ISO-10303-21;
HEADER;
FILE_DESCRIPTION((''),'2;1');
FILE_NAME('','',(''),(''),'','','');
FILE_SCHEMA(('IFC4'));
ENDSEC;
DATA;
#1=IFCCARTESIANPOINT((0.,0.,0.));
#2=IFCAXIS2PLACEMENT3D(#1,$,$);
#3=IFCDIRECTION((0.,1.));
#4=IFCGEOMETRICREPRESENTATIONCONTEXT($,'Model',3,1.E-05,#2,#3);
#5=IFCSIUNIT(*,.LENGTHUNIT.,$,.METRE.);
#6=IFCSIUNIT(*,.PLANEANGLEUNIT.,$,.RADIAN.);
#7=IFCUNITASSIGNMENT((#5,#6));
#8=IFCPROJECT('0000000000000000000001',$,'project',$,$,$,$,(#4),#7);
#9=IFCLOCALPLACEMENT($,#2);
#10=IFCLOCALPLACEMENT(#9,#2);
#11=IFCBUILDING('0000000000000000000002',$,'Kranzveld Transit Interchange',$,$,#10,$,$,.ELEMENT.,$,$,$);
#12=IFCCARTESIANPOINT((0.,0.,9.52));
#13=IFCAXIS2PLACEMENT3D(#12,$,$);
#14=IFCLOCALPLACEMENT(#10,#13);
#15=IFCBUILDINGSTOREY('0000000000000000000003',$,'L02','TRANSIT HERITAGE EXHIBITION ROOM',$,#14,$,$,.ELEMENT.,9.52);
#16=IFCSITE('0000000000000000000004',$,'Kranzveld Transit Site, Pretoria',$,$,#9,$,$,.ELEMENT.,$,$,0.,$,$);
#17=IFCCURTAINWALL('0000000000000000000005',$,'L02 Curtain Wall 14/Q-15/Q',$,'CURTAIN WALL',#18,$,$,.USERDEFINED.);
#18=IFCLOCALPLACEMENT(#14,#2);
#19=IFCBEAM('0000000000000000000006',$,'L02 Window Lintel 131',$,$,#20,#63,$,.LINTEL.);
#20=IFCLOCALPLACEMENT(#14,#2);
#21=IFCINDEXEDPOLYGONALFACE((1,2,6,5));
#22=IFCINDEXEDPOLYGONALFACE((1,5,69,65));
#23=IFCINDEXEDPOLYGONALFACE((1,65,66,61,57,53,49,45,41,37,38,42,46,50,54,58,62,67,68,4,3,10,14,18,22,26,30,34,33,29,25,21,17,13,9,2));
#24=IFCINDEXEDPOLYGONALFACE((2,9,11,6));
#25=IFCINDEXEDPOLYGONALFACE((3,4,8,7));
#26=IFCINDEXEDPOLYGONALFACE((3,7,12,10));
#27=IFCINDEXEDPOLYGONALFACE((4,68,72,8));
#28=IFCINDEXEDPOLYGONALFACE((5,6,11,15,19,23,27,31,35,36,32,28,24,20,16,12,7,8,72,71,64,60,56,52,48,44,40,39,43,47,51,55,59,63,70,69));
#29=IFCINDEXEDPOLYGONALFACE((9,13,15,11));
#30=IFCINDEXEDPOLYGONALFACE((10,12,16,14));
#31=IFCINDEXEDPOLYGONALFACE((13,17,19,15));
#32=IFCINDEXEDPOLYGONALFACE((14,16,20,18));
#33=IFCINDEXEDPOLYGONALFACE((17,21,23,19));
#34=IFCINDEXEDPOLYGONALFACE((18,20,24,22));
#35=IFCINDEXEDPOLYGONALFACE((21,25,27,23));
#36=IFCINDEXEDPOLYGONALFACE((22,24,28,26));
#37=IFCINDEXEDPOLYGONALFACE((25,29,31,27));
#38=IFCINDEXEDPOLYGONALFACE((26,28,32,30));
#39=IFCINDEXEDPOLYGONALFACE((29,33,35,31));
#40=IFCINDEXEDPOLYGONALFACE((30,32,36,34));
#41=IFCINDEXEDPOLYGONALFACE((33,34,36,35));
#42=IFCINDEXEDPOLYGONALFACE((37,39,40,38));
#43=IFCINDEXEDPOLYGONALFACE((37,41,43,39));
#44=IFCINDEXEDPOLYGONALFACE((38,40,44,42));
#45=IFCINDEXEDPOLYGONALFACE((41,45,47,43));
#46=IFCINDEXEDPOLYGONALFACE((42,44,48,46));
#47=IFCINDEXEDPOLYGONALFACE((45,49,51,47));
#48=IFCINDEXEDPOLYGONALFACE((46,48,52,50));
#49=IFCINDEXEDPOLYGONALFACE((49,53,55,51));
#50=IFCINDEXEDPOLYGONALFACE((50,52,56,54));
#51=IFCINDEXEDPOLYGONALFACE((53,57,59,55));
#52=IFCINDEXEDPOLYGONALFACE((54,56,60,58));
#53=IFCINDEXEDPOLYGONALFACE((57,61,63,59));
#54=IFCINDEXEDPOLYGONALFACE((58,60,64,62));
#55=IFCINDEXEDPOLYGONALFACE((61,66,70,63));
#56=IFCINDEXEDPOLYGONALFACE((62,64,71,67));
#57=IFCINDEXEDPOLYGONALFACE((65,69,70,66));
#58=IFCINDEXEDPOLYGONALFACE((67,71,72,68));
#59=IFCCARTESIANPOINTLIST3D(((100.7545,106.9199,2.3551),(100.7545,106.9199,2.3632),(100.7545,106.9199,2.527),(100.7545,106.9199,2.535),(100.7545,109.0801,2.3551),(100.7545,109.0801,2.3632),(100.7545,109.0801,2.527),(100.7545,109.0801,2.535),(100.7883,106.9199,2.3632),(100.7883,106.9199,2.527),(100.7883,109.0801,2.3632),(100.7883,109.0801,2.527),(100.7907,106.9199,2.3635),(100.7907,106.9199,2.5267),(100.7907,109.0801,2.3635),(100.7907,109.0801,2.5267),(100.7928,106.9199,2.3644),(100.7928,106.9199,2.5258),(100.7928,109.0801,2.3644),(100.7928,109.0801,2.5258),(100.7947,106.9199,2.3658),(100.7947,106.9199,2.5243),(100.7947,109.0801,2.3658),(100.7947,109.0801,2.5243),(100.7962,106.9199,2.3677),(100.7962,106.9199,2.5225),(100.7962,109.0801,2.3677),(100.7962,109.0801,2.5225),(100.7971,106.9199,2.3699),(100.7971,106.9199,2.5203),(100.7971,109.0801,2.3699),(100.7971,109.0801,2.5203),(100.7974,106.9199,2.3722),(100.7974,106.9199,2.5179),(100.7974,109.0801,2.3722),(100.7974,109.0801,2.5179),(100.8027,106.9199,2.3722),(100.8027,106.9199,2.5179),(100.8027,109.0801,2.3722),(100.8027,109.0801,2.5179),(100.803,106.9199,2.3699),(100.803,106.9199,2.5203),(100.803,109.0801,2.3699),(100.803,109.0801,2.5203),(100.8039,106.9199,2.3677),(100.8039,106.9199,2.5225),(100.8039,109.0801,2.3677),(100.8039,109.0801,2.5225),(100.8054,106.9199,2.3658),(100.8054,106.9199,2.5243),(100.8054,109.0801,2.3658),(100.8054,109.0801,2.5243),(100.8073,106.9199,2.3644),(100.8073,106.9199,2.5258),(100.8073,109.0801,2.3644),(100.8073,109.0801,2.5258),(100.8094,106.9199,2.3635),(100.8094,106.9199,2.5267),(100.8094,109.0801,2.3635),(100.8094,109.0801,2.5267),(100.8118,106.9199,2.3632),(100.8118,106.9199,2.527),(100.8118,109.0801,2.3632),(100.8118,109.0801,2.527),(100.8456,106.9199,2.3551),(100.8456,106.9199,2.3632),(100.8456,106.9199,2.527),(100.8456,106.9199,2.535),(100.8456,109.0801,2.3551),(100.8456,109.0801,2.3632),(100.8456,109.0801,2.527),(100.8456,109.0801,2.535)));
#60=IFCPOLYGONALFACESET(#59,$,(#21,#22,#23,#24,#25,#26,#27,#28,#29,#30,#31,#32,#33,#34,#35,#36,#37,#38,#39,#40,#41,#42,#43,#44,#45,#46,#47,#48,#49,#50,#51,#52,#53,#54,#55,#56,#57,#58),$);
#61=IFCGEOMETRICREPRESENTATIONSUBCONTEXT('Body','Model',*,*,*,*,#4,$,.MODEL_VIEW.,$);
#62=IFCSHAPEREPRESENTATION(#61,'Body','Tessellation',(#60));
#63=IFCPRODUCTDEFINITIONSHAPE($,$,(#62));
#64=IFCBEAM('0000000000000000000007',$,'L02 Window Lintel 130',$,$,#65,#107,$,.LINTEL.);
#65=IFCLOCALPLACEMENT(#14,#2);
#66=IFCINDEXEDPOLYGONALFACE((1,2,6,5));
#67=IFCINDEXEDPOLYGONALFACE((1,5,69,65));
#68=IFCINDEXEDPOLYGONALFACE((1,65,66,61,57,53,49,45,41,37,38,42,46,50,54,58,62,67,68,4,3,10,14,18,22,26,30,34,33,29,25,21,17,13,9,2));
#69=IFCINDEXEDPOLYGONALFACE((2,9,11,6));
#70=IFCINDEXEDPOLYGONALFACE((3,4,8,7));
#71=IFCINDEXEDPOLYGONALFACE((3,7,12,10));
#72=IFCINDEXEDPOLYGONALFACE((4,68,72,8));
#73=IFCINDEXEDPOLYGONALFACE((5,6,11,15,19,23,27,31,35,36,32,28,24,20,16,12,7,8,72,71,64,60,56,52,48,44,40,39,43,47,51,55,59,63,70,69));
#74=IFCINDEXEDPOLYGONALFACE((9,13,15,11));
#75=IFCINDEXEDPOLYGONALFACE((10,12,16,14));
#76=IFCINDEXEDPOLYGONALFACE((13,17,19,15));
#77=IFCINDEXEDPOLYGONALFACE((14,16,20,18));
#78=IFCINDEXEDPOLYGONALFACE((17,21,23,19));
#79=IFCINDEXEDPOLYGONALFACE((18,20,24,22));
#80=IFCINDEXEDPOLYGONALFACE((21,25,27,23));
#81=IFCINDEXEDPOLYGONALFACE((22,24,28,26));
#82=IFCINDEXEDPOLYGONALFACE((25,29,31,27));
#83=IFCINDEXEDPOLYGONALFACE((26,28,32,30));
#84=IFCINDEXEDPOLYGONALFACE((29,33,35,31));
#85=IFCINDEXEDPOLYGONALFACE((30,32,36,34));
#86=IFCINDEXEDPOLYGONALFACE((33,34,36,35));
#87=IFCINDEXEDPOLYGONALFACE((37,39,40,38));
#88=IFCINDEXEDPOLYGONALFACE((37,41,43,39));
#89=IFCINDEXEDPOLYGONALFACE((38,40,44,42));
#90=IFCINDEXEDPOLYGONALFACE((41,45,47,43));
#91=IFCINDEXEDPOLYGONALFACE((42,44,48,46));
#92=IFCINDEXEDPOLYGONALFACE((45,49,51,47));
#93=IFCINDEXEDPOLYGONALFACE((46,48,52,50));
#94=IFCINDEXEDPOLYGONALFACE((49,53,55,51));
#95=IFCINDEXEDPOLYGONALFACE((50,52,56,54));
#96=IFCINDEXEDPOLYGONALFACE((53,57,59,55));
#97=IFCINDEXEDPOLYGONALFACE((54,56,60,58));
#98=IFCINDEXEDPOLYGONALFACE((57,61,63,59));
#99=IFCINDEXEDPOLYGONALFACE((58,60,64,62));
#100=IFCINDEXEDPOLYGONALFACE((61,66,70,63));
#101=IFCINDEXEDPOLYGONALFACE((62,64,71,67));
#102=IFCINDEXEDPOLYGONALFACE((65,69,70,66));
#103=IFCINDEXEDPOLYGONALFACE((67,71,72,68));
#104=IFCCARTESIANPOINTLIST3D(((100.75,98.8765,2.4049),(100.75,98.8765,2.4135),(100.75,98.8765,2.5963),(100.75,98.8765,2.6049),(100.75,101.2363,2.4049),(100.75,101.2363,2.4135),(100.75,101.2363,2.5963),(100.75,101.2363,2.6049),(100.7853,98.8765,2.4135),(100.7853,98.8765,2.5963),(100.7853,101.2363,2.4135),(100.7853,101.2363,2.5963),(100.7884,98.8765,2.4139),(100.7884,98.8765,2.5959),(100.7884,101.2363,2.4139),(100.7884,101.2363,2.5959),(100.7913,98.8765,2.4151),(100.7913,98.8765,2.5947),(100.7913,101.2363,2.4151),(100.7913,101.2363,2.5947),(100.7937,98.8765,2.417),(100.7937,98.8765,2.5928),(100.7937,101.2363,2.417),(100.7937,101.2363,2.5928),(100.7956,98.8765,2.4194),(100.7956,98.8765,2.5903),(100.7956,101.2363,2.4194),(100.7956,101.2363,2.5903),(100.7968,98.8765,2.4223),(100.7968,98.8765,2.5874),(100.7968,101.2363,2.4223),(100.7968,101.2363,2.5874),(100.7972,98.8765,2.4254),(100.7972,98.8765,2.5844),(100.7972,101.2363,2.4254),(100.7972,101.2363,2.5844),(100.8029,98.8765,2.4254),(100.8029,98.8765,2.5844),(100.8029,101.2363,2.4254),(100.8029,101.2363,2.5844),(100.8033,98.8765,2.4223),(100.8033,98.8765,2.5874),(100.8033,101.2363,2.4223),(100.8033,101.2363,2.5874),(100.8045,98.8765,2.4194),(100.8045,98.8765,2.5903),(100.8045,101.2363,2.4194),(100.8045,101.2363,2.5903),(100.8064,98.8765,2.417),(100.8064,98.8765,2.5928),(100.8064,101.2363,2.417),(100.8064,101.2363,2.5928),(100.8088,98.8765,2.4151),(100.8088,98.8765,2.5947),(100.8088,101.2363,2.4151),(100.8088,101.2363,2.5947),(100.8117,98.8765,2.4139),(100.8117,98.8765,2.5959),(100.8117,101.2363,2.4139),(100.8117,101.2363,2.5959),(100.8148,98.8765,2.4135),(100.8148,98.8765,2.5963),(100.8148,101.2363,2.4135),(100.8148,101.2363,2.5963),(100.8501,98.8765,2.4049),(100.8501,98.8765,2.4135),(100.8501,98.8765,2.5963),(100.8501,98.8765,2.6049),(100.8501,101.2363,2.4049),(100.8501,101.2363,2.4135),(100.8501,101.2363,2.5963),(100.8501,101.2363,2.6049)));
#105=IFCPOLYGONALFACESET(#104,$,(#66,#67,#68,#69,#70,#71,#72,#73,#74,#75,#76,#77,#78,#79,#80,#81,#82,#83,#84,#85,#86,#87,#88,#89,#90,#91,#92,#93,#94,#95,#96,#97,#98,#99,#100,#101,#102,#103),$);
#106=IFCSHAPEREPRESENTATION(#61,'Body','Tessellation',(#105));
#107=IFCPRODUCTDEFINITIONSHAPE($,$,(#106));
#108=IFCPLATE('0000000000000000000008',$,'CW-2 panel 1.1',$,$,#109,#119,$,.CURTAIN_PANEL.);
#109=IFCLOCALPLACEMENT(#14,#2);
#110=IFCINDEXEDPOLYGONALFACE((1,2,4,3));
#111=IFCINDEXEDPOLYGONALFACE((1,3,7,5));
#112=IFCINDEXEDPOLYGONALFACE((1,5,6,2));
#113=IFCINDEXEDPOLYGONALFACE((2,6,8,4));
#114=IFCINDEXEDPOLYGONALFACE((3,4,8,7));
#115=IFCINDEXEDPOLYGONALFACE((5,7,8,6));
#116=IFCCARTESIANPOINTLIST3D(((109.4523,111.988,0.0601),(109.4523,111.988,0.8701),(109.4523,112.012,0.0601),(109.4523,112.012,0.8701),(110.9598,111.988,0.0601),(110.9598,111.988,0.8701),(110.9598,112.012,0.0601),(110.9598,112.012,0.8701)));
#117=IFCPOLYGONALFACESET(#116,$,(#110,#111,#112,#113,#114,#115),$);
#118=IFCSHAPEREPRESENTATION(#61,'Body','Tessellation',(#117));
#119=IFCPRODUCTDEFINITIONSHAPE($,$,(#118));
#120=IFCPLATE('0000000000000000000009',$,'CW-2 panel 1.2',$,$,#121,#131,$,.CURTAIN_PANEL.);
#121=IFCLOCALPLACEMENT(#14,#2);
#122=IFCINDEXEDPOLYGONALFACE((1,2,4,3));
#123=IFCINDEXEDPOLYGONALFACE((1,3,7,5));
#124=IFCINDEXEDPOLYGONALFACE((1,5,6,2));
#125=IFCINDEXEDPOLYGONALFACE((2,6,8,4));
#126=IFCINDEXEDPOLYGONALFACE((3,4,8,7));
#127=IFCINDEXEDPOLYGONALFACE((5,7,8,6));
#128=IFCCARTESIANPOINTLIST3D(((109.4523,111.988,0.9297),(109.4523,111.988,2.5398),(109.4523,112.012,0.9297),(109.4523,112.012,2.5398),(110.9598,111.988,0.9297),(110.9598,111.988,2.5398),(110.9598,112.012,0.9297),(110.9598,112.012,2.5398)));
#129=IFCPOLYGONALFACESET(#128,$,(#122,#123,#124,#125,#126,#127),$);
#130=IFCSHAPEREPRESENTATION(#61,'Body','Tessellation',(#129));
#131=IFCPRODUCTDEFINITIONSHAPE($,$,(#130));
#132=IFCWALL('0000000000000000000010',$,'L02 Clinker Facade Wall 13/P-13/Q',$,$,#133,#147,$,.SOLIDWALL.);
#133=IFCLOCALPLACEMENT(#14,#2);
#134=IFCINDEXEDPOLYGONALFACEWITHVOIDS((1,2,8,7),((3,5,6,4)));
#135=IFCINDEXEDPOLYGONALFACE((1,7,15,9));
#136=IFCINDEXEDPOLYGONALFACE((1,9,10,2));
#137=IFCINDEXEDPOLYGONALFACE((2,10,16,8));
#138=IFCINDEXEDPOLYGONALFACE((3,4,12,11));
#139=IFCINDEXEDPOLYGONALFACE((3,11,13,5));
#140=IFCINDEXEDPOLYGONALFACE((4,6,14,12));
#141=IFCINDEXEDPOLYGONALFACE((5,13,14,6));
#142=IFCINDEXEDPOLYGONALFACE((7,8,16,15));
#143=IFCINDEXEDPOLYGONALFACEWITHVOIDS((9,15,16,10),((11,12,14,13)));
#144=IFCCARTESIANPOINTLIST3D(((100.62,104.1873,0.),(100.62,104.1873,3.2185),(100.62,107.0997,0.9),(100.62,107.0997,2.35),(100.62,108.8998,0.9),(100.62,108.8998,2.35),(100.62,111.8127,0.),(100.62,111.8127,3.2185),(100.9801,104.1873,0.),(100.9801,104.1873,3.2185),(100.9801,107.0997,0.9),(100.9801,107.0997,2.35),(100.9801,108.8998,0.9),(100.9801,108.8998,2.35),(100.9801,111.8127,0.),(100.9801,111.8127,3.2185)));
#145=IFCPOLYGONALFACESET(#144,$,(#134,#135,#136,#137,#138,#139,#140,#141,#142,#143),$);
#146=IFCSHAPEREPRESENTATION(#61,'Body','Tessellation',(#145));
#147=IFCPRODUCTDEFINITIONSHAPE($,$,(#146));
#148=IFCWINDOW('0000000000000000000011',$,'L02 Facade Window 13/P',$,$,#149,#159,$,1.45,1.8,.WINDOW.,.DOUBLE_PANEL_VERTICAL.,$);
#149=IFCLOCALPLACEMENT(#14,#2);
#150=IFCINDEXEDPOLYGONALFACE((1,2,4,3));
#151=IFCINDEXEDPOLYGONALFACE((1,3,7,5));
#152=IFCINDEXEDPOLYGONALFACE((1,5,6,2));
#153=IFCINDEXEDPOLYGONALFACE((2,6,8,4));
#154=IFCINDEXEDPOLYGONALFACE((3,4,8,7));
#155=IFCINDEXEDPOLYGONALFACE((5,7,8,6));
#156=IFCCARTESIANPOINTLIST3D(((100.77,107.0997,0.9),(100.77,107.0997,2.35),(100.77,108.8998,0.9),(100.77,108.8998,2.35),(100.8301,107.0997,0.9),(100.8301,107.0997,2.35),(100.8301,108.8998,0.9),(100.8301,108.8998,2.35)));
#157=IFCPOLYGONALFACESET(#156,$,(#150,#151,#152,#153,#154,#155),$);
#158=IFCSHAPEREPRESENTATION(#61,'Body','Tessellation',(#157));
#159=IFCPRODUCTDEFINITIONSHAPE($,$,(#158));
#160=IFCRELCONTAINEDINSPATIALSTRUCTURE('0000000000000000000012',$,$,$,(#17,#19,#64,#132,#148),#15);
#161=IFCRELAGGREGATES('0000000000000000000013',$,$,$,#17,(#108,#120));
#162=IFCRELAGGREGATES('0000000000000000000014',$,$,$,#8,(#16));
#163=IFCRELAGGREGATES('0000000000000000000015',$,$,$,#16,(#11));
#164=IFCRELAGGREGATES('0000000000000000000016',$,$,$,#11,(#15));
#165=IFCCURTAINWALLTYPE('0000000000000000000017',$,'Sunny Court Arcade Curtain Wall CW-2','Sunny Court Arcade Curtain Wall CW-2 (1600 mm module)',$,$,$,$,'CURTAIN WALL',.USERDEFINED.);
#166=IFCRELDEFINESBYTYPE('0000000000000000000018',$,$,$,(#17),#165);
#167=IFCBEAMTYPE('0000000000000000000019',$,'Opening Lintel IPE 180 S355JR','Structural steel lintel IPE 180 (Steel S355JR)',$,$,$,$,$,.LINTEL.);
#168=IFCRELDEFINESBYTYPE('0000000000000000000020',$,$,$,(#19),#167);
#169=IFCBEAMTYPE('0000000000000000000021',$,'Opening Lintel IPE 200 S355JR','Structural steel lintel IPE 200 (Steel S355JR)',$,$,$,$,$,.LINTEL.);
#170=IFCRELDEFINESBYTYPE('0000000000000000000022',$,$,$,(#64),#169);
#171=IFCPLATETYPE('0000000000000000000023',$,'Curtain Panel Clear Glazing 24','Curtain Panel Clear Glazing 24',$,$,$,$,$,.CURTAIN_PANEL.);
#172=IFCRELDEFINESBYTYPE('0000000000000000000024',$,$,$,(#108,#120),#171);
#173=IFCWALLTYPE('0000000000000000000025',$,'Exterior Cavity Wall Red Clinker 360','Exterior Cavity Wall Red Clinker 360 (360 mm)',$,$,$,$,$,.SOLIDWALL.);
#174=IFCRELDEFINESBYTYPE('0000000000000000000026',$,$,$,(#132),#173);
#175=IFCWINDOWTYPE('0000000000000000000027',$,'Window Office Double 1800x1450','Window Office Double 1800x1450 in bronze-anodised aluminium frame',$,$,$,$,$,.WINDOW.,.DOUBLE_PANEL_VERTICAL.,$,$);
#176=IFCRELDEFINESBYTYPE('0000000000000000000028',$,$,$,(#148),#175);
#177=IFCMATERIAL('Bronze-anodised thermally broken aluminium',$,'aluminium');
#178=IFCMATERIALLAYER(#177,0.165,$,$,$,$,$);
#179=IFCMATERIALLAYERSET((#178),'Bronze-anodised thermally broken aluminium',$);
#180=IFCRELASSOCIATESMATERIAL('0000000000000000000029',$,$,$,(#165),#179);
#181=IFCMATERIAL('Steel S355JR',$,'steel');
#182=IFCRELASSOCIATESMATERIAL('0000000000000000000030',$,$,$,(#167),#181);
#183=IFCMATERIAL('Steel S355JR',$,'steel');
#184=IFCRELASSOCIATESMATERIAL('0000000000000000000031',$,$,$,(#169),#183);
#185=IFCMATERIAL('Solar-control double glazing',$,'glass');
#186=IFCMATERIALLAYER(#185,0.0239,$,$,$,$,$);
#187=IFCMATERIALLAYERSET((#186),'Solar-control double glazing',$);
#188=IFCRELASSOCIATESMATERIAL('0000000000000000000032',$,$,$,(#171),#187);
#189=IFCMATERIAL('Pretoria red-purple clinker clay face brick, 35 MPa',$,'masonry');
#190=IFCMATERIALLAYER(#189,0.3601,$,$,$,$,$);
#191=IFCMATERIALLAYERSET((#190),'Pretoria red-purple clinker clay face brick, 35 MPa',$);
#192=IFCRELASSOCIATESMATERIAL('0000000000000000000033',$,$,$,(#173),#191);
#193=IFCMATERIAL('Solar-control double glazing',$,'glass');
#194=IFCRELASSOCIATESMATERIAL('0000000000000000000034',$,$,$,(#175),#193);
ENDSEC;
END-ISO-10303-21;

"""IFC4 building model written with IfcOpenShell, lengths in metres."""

from ifc_helpers import new_model, si_unit, direction, frame, frame_2d, origin, origin_2d, place, context, subcontext, project, spatial, rectangle, i_section, extrude, material, layer, layer_set, material_profile, profile_set, type_object, element, fill, aggregate, save


model = new_model("IFC4")

# Units and contexts
model_context = context("Model", 3, precision=1e-05, world=origin(), true_north=direction((0.0, 1.0)))
body_context = subcontext(model_context, "Body", "Model", "MODEL_VIEW")
ifc_project = project(units=[si_unit("LENGTHUNIT", "METRE"), si_unit("PLANEANGLEUNIT", "RADIAN")], contexts=[model_context])

# Site, building, storey
site_placement = place(None, origin())
site = spatial("IfcSite", under=ifc_project, at=site_placement, Name="Kranzveld Transit Site, Pretoria", CompositionType="ELEMENT", RefElevation=0.0)
building_placement = place(site_placement, origin())
building = spatial("IfcBuilding", under=site, at=building_placement, Name="Kranzveld Transit Interchange", CompositionType="ELEMENT")
storey_placement = place(building_placement, frame((0.0, 0.0, 9.52)))
storey = spatial("IfcBuildingStorey", under=building, at=storey_placement, Name="L02", Description="TRANSIT HERITAGE EXHIBITION ROOM", CompositionType="ELEMENT", Elevation=9.52)

# Curtain wall
ifc_material_1 = material(Name="Bronze-anodised thermally broken aluminium", Category="aluminium")
ifc_layer_1 = layer(ifc_material_1, 0.165)
ifc_layer_set_1 = layer_set([ifc_layer_1], Name="Bronze-anodised thermally broken aluminium")
curtain_wall_type = type_object("IfcCurtainWallType", Name="Sunny Court Arcade Curtain Wall CW-2", Description="Sunny Court Arcade Curtain Wall CW-2 (1600 mm module)", ElementType="CURTAIN WALL", PredefinedType="USERDEFINED", material=ifc_layer_set_1)
curtain_wall_placement = place(storey_placement, origin())
curtain_wall = element("IfcCurtainWall", 1, at=curtain_wall_placement, inside=storey, type_object=curtain_wall_type, Name="L02 Curtain Wall 14/Q-15/Q", ObjectType="CURTAIN WALL", PredefinedType="USERDEFINED")

# Beams
ifc_material_2 = material(Name="Steel S355JR", Category="steel")
ifc_material_profile_1 = material_profile(ifc_material_2, i_section(OverallWidth=0.0911, OverallDepth=0.1799, WebThickness=0.0054, FlangeThickness=0.0081, FilletRadius=0.009, at=origin_2d()), Name="IPE 180")
ifc_profile_set_1 = profile_set([ifc_material_profile_1], Name="Steel S355JR")
beam_type_1 = type_object("IfcBeamType", Name="Opening Lintel IPE 180 S355JR", Description="Structural steel lintel IPE 180 (Steel S355JR)", PredefinedType="LINTEL", material=ifc_profile_set_1)
beam_1_placement = place(storey_placement, frame((100.8, 106.9199, 2.4451), z_axis=(0.0, 1.0, 0.0), x_axis=(-1.0, 0.0, 0.0)))
element("IfcBeam", 2, at=beam_1_placement, inside=storey, type_object=beam_type_1, Name="L02 Window Lintel 131", PredefinedType="LINTEL", context=body_context, shape_type="SweptSolid", body=[
    extrude(i_section(OverallWidth=0.0911, OverallDepth=0.1799, WebThickness=0.0054, FlangeThickness=0.0081, FilletRadius=0.009, at=origin_2d()), origin(), (0.0, 0.0, 1.0), 2.1602),
])
ifc_material_3 = material(Name="Steel S355JR", Category="steel")
ifc_material_profile_2 = material_profile(ifc_material_3, i_section(OverallWidth=0.1001, OverallDepth=0.2, WebThickness=0.0056, FlangeThickness=0.0085, FilletRadius=0.012, at=origin_2d()), Name="IPE 200")
ifc_profile_set_2 = profile_set([ifc_material_profile_2], Name="Steel S355JR")
beam_type_2 = type_object("IfcBeamType", Name="Opening Lintel IPE 200 S355JR", Description="Structural steel lintel IPE 200 (Steel S355JR)", PredefinedType="LINTEL", material=ifc_profile_set_2)
beam_2_placement = place(storey_placement, frame((100.8, 98.8765, 2.5049), z_axis=(0.0, 1.0, 0.0), x_axis=(-1.0, 0.0, 0.0)))
element("IfcBeam", 3, at=beam_2_placement, inside=storey, type_object=beam_type_2, Name="L02 Window Lintel 130", PredefinedType="LINTEL", context=body_context, shape_type="SweptSolid", body=[
    extrude(i_section(OverallWidth=0.1001, OverallDepth=0.2, WebThickness=0.0056, FlangeThickness=0.0085, FilletRadius=0.012, at=origin_2d()), origin(), (0.0, 0.0, 1.0), 2.3599),
])

# Plates
ifc_material_4 = material(Name="Solar-control double glazing", Category="glass")
ifc_layer_2 = layer(ifc_material_4, 0.0239)
ifc_layer_set_2 = layer_set([ifc_layer_2], Name="Solar-control double glazing")
plate_type = type_object("IfcPlateType", Name="Curtain Panel Clear Glazing 24", Description="Curtain Panel Clear Glazing 24", PredefinedType="CURTAIN_PANEL", material=ifc_layer_set_2)
plate_1_placement = place(storey_placement, frame((110.2061, 112.0, 0.0601), z_axis=(0.0, 0.0, 1.0), x_axis=(1.0, 0.0, 0.0)))
plate_1 = element("IfcPlate", 4, at=plate_1_placement, type_object=plate_type, Name="CW-2 panel 1.1", PredefinedType="CURTAIN_PANEL", context=body_context, shape_type="SweptSolid", body=[
    extrude(rectangle(XDim=1.5076, YDim=0.0239, at=origin_2d()), origin(), (0.0, 0.0, 1.0), 0.8101),
])
plate_2_placement = place(storey_placement, frame((110.2061, 112.0, 0.9297), z_axis=(0.0, 0.0, 1.0), x_axis=(1.0, 0.0, 0.0)))
plate_2 = element("IfcPlate", 5, at=plate_2_placement, type_object=plate_type, Name="CW-2 panel 1.2", PredefinedType="CURTAIN_PANEL", context=body_context, shape_type="SweptSolid", body=[
    extrude(rectangle(XDim=1.5076, YDim=0.0239, at=origin_2d()), origin(), (0.0, 0.0, 1.0), 1.6101),
])
aggregate(curtain_wall, [plate_1, plate_2])

# Wall, opening, window
ifc_material_5 = material(Name="Pretoria red-purple clinker clay face brick, 35 MPa", Category="masonry")
ifc_layer_3 = layer(ifc_material_5, 0.3601)
ifc_layer_set_3 = layer_set([ifc_layer_3], Name="Pretoria red-purple clinker clay face brick, 35 MPa")
wall_type = type_object("IfcWallType", Name="Exterior Cavity Wall Red Clinker 360", Description="Exterior Cavity Wall Red Clinker 360 (360 mm)", PredefinedType="SOLIDWALL", material=ifc_layer_set_3)
wall_1_placement = place(storey_placement, frame((100.8, 104.1873, 0.0), z_axis=(0.0, 0.0, 1.0), x_axis=(0.0, 1.0, 0.0)))
wall_1 = element("IfcWall", 6, at=wall_1_placement, inside=storey, type_object=wall_type, Name="L02 Clinker Facade Wall 13/P-13/Q", PredefinedType="SOLIDWALL", context=body_context, shape_type="SweptSolid", body=[
    extrude(rectangle(XDim=7.6255, YDim=0.3601, at=frame_2d((3.8127, 0.0))), origin(), (0.0, 0.0, 1.0), 3.2185),
])
opening_1_placement = place(wall_1_placement, frame((2.9126, 0.0, 0.8999), z_axis=(0.0, 0.0, 1.0), x_axis=(1.0, 0.0, 0.0)))
opening_1 = element("IfcOpeningElement", 7, at=opening_1_placement, cuts=wall_1, PredefinedType="OPENING", context=body_context, shape_type="SweptSolid", body=[
    extrude(rectangle(XDim=1.8, YDim=1.45, at=frame_2d((0.8999, 0.7251))), frame((0.0, 0.1899, 0.0), z_axis=(0.0, -1.0, 0.0), x_axis=(1.0, 0.0, 0.0)), (0.0, 0.0, 1.0), 0.3801),
])
ifc_material_6 = material(Name="Solar-control double glazing", Category="glass")
window_type_1 = type_object("IfcWindowType", Name="Window Office Double 1800x1450", Description="Window Office Double 1800x1450 in bronze-anodised aluminium frame", PartitioningType="DOUBLE_PANEL_VERTICAL", PredefinedType="WINDOW", material=ifc_material_6)
window_1_placement = place(opening_1_placement, origin())
window_1 = element("IfcWindow", 8, at=window_1_placement, inside=storey, type_object=window_type_1, Name="L02 Facade Window 13/P", OverallHeight=1.45, OverallWidth=1.8, PartitioningType="DOUBLE_PANEL_VERTICAL", PredefinedType="WINDOW", context=body_context, shape_type="SweptSolid", body=[
    extrude(rectangle(XDim=1.8, YDim=1.45, at=frame_2d((0.8999, 0.7251))), frame((0.0, 0.03, 0.0), z_axis=(0.0, -1.0, 0.0), x_axis=(1.0, 0.0, 0.0)), (0.0, 0.0, 1.0), 0.0601),
])
fill(opening_1, window_1)

save(model, "model.ifc")
